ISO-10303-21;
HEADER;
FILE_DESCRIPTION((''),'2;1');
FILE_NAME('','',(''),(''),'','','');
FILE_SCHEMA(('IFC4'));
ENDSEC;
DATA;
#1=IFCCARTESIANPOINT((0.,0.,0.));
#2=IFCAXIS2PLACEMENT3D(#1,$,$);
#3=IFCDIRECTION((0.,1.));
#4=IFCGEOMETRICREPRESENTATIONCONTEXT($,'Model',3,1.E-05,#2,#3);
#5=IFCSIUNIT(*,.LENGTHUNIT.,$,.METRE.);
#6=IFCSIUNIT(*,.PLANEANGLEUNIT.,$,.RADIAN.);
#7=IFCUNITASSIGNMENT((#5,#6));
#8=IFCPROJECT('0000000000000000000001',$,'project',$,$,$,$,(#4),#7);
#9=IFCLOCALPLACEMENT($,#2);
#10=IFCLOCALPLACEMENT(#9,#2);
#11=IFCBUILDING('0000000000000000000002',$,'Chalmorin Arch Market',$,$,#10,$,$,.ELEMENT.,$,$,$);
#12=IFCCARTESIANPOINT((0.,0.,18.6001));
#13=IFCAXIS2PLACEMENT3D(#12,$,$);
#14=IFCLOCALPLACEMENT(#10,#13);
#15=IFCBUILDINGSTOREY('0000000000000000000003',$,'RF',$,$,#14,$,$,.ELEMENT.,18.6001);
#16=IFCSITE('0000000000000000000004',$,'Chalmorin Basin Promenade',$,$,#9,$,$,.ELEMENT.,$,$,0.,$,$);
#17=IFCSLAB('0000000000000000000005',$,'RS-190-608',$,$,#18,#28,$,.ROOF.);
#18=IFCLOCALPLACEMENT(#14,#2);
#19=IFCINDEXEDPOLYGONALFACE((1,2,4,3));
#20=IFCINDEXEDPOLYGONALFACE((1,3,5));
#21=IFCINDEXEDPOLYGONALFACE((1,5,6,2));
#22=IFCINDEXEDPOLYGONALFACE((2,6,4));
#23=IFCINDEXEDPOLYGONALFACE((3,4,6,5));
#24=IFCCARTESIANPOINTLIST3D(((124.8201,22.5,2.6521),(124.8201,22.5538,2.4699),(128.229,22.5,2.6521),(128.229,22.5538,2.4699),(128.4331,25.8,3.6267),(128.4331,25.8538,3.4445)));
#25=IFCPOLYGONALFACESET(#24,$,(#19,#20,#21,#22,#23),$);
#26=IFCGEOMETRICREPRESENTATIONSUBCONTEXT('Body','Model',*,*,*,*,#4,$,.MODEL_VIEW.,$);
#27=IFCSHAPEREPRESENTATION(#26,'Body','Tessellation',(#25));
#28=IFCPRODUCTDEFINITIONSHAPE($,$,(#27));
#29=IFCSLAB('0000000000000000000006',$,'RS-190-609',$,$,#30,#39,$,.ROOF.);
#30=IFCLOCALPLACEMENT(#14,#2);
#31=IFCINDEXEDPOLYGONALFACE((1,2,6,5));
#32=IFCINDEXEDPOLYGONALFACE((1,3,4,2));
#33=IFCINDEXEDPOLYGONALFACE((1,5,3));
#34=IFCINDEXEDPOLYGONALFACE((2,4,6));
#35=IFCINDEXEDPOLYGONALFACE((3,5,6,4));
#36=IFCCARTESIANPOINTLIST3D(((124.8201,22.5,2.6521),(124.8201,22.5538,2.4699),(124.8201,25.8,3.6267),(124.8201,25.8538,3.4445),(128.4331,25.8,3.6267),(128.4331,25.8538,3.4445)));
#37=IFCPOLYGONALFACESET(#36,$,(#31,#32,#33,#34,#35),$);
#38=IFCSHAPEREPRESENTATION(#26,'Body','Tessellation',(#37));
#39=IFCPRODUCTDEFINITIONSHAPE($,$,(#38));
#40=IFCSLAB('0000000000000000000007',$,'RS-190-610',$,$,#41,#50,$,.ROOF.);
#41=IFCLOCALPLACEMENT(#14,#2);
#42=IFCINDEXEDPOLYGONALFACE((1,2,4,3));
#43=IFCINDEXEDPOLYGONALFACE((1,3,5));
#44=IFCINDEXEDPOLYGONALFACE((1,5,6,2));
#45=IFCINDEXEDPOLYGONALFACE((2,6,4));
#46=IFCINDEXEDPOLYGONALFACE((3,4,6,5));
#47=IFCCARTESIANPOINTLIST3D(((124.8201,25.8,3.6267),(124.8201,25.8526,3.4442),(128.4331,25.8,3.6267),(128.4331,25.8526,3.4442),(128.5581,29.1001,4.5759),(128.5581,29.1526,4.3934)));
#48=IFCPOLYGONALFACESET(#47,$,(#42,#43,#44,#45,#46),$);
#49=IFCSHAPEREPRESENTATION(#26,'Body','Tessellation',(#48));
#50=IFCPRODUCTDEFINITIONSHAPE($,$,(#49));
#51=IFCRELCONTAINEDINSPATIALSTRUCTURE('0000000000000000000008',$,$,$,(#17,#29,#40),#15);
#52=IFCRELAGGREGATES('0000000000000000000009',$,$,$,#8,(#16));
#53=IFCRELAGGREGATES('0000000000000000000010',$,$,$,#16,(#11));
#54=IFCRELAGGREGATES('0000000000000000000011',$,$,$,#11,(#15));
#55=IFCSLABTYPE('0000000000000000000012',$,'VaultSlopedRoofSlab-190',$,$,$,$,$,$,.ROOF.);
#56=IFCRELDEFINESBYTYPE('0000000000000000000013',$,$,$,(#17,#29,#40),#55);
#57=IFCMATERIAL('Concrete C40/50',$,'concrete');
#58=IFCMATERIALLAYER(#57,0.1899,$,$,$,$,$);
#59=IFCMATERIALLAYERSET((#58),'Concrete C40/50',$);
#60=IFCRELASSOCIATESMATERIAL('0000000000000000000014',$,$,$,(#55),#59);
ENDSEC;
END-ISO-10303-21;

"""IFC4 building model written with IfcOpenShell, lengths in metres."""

from ifc_helpers import new_model, si_unit, direction, frame, origin, place, context, subcontext, project, spatial, polyline, outline, extrude, material, layer, layer_set, type_object, element, save


model = new_model("IFC4")

# Units and contexts
model_context = context("Model", 3, precision=1e-05, world=origin(), true_north=direction((0.0, 1.0)))
body_context = subcontext(model_context, "Body", "Model", "MODEL_VIEW")
ifc_project = project(units=[si_unit("LENGTHUNIT", "METRE"), si_unit("PLANEANGLEUNIT", "RADIAN")], contexts=[model_context])

# Site, building, storey
site_placement = place(None, origin())
site = spatial("IfcSite", under=ifc_project, at=site_placement, Name="Chalmorin Basin Promenade", CompositionType="ELEMENT", RefElevation=0.0)
building_placement = place(site_placement, origin())
building = spatial("IfcBuilding", under=site, at=building_placement, Name="Chalmorin Arch Market", CompositionType="ELEMENT")
storey_placement = place(building_placement, frame((0.0, 0.0, 18.6001)))
storey = spatial("IfcBuildingStorey", under=building, at=storey_placement, Name="RF", CompositionType="ELEMENT", Elevation=18.6001)

# Shared definitions
ifc_material_1 = material(Name="Concrete C40/50", Category="concrete")

# Slabs
ifc_layer_1 = layer(ifc_material_1, 0.1899)
ifc_layer_set_1 = layer_set([ifc_layer_1], Name="Concrete C40/50")
slab_type_1 = type_object("IfcSlabType", Name="VaultSlopedRoofSlab-190", PredefinedType="ROOF", material=ifc_layer_set_1)
slab_1_placement = place(storey_placement, frame((124.8201, 22.5, 2.6521), z_axis=(0.0, -0.283238, 0.95905), x_axis=(1.0, 0.0, 0.0)))
element("IfcSlab", 1, at=slab_1_placement, inside=storey, type_object=slab_type_1, Name="RS-190-608", PredefinedType="ROOF", context=body_context, shape_type="SweptSolid", body=[
    extrude(outline(polyline([(0.0, 0.0), (3.4089, 0.0), (3.613, 3.441), (0.0, 0.0)])), origin(), (0.0, 0.0, -1.0), 0.1899),
])
slab_2_placement = place(storey_placement, frame((124.8201, 22.5, 2.6521), z_axis=(0.0, -0.283238, 0.95905), x_axis=(0.724141, 0.66141, 0.195336)))
element("IfcSlab", 2, at=slab_2_placement, inside=storey, type_object=slab_type_1, Name="RS-190-609", PredefinedType="ROOF", context=body_context, shape_type="SweptSolid", body=[
    extrude(outline(polyline([(0.0, 0.0), (4.9894, 0.0), (2.3731, 2.4917), (0.0, 0.0)])), origin(), (0.0, 0.0, -1.0), 0.1899),
])
slab_3_placement = place(storey_placement, frame((124.8201, 25.8, 3.6267), z_axis=(0.0, -0.27643, 0.961034), x_axis=(1.0, 0.0, 0.0)))
element("IfcSlab", 3, at=slab_3_placement, inside=storey, type_object=slab_type_1, Name="RS-190-610", PredefinedType="ROOF", context=body_context, shape_type="SweptSolid", body=[
    extrude(outline(polyline([(0.0, 0.0), (3.613, 0.0), (3.738, 3.4339), (0.0, 0.0)])), origin(), (0.0, 0.0, -1.0), 0.1899),
])

save(model, "model.ifc")
